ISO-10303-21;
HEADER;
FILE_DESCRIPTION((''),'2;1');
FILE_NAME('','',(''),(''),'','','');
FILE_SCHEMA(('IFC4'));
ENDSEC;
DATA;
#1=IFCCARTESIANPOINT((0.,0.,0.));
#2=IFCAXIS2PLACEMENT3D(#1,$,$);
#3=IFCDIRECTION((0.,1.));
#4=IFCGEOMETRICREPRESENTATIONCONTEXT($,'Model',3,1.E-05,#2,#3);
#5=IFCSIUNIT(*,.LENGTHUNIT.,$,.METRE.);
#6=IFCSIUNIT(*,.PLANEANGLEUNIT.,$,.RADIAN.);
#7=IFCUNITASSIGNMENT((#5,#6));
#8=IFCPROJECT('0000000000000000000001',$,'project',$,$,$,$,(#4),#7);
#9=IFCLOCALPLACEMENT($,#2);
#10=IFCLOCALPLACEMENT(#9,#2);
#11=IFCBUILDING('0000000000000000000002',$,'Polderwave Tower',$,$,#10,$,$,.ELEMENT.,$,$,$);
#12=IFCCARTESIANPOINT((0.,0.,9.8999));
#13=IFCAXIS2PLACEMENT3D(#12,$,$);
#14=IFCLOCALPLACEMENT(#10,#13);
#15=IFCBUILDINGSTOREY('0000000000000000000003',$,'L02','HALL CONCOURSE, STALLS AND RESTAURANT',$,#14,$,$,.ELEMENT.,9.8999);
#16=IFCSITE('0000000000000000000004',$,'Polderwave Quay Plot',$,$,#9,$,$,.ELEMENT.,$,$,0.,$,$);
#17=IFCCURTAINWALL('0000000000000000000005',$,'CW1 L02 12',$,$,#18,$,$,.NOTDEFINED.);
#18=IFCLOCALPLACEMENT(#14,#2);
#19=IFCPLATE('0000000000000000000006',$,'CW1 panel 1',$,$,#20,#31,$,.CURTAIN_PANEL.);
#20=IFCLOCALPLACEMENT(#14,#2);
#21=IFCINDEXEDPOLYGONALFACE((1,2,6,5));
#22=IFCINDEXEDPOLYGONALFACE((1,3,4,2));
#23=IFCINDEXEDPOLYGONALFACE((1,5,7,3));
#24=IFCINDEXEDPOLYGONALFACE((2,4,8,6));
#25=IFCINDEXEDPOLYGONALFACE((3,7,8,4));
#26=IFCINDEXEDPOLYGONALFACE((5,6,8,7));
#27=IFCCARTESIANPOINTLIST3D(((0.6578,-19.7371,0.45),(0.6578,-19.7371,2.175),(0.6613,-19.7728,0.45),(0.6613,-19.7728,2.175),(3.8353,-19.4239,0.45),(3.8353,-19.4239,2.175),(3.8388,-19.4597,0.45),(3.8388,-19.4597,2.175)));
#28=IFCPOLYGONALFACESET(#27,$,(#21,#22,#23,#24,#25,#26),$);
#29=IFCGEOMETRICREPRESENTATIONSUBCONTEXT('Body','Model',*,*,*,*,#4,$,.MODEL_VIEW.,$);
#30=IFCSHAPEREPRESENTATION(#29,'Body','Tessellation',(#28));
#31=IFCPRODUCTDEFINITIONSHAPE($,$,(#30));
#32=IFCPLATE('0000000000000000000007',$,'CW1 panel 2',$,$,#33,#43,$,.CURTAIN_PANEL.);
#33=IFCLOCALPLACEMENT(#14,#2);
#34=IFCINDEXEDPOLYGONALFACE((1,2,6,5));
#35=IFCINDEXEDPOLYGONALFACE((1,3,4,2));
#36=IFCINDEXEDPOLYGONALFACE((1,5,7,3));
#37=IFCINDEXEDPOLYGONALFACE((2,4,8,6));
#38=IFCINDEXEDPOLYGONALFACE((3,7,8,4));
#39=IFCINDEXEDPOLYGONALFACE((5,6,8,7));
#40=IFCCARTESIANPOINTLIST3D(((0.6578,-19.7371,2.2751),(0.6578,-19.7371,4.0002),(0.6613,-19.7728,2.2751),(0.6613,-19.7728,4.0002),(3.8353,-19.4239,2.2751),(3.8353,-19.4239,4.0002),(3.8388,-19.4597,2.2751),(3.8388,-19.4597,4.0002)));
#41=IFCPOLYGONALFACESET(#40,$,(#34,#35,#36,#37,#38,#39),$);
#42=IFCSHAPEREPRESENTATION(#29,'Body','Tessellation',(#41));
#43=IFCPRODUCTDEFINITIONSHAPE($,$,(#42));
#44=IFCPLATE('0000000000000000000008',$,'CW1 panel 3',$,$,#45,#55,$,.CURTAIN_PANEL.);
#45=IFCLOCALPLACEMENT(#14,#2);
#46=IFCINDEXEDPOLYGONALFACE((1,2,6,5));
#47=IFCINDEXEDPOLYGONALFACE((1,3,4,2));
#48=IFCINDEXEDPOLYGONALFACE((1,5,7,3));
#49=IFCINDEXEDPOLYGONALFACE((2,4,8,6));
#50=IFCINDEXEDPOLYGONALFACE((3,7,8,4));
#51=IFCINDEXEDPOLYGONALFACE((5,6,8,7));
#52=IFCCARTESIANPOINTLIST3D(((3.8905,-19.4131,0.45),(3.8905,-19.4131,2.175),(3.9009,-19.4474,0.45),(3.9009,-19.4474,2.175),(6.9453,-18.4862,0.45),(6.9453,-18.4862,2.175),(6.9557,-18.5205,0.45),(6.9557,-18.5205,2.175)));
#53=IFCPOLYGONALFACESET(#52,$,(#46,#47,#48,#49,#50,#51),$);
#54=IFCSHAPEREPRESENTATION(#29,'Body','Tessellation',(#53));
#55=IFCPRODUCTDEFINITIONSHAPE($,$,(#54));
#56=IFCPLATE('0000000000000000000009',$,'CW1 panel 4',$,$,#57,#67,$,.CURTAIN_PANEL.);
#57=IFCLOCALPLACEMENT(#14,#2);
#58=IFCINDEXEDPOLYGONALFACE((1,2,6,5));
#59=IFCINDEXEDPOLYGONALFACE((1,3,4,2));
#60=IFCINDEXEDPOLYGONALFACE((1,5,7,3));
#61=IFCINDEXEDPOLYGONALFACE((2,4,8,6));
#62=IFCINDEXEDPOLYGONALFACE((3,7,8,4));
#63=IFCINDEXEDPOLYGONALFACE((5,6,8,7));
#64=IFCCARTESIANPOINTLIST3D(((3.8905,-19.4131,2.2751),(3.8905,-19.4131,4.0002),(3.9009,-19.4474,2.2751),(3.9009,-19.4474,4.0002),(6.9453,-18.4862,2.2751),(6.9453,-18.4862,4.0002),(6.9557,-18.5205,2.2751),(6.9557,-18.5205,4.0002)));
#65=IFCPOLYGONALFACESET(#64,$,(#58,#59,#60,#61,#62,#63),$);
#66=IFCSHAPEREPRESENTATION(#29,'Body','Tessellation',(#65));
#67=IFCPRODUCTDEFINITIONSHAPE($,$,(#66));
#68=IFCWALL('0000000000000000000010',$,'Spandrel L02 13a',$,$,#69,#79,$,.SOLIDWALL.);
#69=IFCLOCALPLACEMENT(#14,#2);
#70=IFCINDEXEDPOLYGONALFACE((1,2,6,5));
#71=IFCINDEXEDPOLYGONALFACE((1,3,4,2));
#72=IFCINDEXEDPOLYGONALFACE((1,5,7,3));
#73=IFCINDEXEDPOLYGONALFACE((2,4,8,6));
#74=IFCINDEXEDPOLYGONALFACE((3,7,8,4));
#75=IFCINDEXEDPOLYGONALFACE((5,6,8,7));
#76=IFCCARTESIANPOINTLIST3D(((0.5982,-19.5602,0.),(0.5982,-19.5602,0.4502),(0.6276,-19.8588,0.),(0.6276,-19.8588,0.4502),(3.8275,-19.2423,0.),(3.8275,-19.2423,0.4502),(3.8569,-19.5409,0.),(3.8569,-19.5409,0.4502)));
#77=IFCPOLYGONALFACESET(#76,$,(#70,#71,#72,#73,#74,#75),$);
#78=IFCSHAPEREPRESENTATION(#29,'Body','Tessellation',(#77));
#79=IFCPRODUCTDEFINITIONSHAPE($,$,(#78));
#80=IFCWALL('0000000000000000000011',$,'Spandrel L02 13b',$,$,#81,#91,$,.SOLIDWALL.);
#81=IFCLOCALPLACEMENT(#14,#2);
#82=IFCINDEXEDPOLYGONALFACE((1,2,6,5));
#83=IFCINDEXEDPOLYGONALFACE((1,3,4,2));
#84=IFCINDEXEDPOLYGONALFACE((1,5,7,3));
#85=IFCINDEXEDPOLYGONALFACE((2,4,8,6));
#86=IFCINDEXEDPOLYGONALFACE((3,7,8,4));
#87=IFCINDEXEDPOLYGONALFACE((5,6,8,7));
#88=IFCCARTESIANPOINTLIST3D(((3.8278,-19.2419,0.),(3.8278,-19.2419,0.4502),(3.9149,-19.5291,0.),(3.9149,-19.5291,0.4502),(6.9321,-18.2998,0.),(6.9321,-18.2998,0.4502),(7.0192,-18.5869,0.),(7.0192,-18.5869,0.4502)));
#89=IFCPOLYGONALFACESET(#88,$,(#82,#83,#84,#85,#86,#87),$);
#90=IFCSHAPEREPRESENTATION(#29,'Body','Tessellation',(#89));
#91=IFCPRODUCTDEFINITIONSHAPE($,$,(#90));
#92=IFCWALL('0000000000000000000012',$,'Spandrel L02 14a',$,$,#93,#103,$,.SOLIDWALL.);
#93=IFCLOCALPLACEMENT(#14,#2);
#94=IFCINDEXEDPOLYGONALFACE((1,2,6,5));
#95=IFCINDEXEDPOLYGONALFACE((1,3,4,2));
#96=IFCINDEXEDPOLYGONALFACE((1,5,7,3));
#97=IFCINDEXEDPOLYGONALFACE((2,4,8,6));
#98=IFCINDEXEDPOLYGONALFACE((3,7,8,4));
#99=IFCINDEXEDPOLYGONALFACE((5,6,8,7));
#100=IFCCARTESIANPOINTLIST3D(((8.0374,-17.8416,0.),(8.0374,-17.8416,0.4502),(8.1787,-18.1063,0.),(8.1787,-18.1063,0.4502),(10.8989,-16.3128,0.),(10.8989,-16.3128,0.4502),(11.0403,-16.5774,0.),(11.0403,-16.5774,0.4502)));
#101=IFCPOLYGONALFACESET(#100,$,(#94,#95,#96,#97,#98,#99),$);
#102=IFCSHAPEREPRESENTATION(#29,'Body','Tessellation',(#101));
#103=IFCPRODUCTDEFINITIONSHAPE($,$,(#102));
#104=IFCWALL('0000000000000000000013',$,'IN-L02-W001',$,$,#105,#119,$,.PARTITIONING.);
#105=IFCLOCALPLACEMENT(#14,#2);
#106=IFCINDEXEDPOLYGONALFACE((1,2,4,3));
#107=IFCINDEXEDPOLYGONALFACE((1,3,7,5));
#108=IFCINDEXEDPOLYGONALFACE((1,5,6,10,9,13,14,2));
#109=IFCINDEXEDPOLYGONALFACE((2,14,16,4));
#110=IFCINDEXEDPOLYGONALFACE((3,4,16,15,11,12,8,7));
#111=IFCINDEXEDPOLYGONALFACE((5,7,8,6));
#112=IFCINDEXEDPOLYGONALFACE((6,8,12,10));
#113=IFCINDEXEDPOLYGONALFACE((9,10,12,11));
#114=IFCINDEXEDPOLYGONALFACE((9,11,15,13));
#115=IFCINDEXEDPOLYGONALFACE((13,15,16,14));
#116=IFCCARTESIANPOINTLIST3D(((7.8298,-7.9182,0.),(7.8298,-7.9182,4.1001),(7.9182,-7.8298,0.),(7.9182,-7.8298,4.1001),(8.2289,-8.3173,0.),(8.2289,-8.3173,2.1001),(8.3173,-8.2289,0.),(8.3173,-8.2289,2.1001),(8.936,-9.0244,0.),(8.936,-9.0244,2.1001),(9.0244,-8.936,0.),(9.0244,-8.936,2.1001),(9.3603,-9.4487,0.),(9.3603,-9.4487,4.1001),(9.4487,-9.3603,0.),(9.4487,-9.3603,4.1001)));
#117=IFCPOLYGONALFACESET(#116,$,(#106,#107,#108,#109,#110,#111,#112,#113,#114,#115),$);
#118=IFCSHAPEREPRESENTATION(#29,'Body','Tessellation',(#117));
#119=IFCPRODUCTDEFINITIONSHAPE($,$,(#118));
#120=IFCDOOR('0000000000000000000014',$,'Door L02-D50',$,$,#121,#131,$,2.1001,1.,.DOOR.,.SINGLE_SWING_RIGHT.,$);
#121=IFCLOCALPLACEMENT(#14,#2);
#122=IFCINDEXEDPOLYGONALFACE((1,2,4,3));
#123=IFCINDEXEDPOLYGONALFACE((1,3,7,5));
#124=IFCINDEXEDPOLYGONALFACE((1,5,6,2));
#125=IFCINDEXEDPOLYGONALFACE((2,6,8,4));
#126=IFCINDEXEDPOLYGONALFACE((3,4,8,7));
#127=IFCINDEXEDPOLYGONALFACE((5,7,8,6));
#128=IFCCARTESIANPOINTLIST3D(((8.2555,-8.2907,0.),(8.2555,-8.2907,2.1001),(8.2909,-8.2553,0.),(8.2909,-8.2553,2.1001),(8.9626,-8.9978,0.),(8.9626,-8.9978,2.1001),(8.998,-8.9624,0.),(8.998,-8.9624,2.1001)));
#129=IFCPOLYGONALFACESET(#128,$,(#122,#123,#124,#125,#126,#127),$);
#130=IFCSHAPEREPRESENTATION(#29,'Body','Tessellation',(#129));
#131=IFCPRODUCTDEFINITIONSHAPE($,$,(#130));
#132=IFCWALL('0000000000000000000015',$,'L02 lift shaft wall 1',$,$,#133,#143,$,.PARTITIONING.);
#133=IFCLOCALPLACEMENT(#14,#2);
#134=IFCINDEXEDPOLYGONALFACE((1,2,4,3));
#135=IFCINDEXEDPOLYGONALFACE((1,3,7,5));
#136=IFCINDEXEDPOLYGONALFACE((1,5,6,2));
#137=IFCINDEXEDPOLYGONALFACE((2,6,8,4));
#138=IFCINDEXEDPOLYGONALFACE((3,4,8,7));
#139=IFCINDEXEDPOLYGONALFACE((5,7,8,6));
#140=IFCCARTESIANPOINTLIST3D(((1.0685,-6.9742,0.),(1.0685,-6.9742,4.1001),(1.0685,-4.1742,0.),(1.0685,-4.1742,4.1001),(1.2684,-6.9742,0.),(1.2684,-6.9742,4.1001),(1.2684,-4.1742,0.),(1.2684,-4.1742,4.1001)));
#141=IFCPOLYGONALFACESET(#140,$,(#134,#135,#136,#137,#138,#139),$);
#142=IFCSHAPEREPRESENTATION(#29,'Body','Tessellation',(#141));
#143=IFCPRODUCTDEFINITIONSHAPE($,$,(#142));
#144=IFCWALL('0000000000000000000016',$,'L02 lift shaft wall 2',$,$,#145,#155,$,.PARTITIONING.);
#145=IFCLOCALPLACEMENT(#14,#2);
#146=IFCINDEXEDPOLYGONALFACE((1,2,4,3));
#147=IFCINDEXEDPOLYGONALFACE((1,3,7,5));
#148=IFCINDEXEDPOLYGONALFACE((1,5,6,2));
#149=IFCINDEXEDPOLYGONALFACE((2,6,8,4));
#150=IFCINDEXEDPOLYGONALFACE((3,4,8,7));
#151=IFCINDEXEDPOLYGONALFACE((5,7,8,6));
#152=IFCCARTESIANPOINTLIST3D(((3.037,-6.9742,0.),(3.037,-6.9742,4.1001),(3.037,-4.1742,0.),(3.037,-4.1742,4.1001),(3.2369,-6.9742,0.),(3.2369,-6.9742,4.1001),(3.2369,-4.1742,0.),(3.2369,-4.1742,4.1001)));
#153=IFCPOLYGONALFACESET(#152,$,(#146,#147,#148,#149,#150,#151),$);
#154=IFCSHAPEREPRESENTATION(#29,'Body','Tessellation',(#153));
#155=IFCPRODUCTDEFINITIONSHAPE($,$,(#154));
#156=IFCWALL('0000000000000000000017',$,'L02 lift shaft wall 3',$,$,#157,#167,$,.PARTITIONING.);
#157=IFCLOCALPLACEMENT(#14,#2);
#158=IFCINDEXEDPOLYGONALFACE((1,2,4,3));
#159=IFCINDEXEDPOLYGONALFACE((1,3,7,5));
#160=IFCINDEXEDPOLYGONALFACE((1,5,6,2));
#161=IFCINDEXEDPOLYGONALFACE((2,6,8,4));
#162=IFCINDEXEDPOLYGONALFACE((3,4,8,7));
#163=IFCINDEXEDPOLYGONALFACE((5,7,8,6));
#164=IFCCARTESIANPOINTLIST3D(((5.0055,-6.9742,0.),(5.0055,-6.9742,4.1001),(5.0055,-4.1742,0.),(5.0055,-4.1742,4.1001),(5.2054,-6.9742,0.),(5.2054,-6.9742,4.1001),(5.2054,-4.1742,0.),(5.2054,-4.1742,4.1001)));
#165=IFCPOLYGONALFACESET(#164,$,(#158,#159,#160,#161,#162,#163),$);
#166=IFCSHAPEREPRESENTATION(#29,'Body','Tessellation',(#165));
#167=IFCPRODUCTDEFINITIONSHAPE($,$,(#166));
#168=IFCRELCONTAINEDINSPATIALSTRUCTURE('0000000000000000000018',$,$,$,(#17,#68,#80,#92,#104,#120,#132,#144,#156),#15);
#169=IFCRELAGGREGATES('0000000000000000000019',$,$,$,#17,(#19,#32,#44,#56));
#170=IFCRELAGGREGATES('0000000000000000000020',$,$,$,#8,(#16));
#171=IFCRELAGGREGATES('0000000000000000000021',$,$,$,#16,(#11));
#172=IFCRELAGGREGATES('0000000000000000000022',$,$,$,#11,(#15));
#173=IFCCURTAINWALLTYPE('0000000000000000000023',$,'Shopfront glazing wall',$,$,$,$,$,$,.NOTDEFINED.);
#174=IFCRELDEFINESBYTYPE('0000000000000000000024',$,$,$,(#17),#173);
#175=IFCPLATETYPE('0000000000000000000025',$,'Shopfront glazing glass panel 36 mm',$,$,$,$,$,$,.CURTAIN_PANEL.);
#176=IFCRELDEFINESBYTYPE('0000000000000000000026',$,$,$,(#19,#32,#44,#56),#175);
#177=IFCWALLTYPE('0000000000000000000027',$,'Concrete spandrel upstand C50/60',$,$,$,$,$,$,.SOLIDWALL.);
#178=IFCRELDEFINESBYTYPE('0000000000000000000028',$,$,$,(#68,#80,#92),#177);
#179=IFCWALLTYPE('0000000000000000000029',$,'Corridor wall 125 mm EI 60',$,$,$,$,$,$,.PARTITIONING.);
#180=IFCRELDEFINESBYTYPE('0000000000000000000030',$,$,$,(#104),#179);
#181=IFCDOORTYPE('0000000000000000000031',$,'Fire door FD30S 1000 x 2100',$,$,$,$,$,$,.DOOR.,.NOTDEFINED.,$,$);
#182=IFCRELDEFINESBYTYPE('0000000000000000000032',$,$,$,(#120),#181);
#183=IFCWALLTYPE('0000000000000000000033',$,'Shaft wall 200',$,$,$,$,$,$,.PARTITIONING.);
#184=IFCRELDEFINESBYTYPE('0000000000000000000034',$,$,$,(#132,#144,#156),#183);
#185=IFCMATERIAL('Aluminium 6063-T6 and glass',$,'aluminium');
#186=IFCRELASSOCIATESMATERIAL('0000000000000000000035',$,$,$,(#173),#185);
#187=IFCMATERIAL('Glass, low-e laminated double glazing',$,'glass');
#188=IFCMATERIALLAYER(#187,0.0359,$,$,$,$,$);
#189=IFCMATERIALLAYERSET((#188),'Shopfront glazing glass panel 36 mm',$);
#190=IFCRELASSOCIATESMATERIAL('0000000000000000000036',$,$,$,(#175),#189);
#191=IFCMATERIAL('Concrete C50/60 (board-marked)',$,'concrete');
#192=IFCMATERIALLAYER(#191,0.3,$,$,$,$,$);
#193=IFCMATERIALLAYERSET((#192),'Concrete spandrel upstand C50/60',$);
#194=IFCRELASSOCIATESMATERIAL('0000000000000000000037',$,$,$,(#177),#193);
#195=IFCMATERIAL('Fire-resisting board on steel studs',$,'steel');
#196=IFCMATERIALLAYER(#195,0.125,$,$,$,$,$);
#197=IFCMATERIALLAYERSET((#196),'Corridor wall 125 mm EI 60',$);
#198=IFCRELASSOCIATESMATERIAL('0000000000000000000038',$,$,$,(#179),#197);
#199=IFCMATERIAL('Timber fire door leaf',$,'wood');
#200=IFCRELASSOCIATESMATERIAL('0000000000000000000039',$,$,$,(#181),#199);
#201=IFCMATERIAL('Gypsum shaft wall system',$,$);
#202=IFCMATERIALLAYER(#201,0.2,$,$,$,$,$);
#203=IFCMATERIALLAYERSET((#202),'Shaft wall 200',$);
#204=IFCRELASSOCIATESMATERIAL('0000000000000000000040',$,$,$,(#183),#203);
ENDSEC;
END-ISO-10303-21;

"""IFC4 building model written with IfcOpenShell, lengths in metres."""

from ifc_helpers import new_model, si_unit, direction, frame, frame_2d, origin, origin_2d, place, context, subcontext, project, spatial, rectangle, extrude, material, layer, layer_set, type_object, element, fill, aggregate, save


model = new_model("IFC4")

# Units and contexts
model_context = context("Model", 3, precision=1e-05, world=origin(), true_north=direction((0.0, 1.0)))
body_context = subcontext(model_context, "Body", "Model", "MODEL_VIEW")
ifc_project = project(units=[si_unit("LENGTHUNIT", "METRE"), si_unit("PLANEANGLEUNIT", "RADIAN")], contexts=[model_context])

# Site, building, storey
site_placement = place(None, origin())
site = spatial("IfcSite", under=ifc_project, at=site_placement, Name="Polderwave Quay Plot", CompositionType="ELEMENT", RefElevation=0.0)
building_placement = place(site_placement, origin())
building = spatial("IfcBuilding", under=site, at=building_placement, Name="Polderwave Tower", CompositionType="ELEMENT")
storey_placement = place(building_placement, frame((0.0, 0.0, 9.8999)))
storey = spatial("IfcBuildingStorey", under=building, at=storey_placement, Name="L02", Description="HALL CONCOURSE, STALLS AND RESTAURANT", CompositionType="ELEMENT", Elevation=9.8999)

# Curtain wall
ifc_material_1 = material(Name="Aluminium 6063-T6 and glass", Category="aluminium")
curtain_wall_type = type_object("IfcCurtainWallType", Name="Shopfront glazing wall", PredefinedType="NOTDEFINED", material=ifc_material_1)
curtain_wall_1_placement = place(storey_placement, origin())
curtain_wall_1 = element("IfcCurtainWall", 1, at=curtain_wall_1_placement, inside=storey, type_object=curtain_wall_type, Name="CW1 L02 12", PredefinedType="NOTDEFINED")

# Plates
ifc_material_2 = material(Name="Glass, low-e laminated double glazing", Category="glass")
ifc_layer_1 = layer(ifc_material_2, 0.0359)
ifc_layer_set_1 = layer_set([ifc_layer_1], Name="Shopfront glazing glass panel 36 mm")
plate_type = type_object("IfcPlateType", Name="Shopfront glazing glass panel 36 mm", PredefinedType="CURTAIN_PANEL", material=ifc_layer_set_1)
plate_1_placement = place(storey_placement, frame((2.2483, -19.5984, 0.45), z_axis=(0.0, 0.0, 1.0), x_axis=(0.995178, 0.098087, 0.0)))
plate_1 = element("IfcPlate", 2, at=plate_1_placement, type_object=plate_type, Name="CW1 panel 1", PredefinedType="CURTAIN_PANEL", context=body_context, shape_type="SweptSolid", body=[
    extrude(rectangle(XDim=3.1929, YDim=0.0359, at=origin_2d()), origin(), (0.0, 0.0, 1.0), 1.7251),
])
plate_2_placement = place(storey_placement, frame((2.2483, -19.5984, 2.2751), z_axis=(0.0, 0.0, 1.0), x_axis=(0.995178, 0.098087, 0.0)))
plate_2 = element("IfcPlate", 3, at=plate_2_placement, type_object=plate_type, Name="CW1 panel 2", PredefinedType="CURTAIN_PANEL", context=body_context, shape_type="SweptSolid", body=[
    extrude(rectangle(XDim=3.1929, YDim=0.0359, at=origin_2d()), origin(), (0.0, 0.0, 1.0), 1.7251),
])
plate_3_placement = place(storey_placement, frame((5.4231, -18.9668, 0.45), z_axis=(0.0, 0.0, 1.0), x_axis=(0.956925, 0.290336, 0.0)))
plate_3 = element("IfcPlate", 4, at=plate_3_placement, type_object=plate_type, Name="CW1 panel 3", PredefinedType="CURTAIN_PANEL", context=body_context, shape_type="SweptSolid", body=[
    extrude(rectangle(XDim=3.1924, YDim=0.0359, at=origin_2d()), origin(), (0.0, 0.0, 1.0), 1.7251),
])
plate_4_placement = place(storey_placement, frame((5.4231, -18.9668, 2.2751), z_axis=(0.0, 0.0, 1.0), x_axis=(0.956925, 0.290336, 0.0)))
plate_4 = element("IfcPlate", 5, at=plate_4_placement, type_object=plate_type, Name="CW1 panel 4", PredefinedType="CURTAIN_PANEL", context=body_context, shape_type="SweptSolid", body=[
    extrude(rectangle(XDim=3.1924, YDim=0.0359, at=origin_2d()), origin(), (0.0, 0.0, 1.0), 1.7251),
])
aggregate(curtain_wall_1, [plate_1, plate_2, plate_3, plate_4])

# Walls
ifc_material_3 = material(Name="Concrete C50/60 (board-marked)", Category="concrete")
ifc_layer_2 = layer(ifc_material_3, 0.3)
ifc_layer_set_2 = layer_set([ifc_layer_2], Name="Concrete spandrel upstand C50/60")
wall_type_1 = type_object("IfcWallType", Name="Concrete spandrel upstand C50/60", PredefinedType="SOLIDWALL", material=ifc_layer_set_2)
wall_1_placement = place(storey_placement, frame((0.6128, -19.7095, 0.0), z_axis=(0.0, 0.0, 1.0), x_axis=(0.99519, 0.097962, 0.0)))
element("IfcWall", 6, at=wall_1_placement, inside=storey, type_object=wall_type_1, Name="Spandrel L02 13a", PredefinedType="SOLIDWALL", context=body_context, shape_type="SweptSolid", body=[
    extrude(rectangle(XDim=3.2449, YDim=0.3, at=frame_2d((1.6226, 0.0))), origin(), (0.0, 0.0, 1.0), 0.4502),
])
wall_2_placement = place(storey_placement, frame((3.8713, -19.3855, 0.0), z_axis=(0.0, 0.0, 1.0), x_axis=(0.9569, 0.290419, 0.0)))
element("IfcWall", 7, at=wall_2_placement, inside=storey, type_object=wall_type_1, Name="Spandrel L02 13b", PredefinedType="SOLIDWALL", context=body_context, shape_type="SweptSolid", body=[
    extrude(rectangle(XDim=3.2441, YDim=0.3, at=frame_2d((1.6221, 0.0))), origin(), (0.0, 0.0, 1.0), 0.4502),
])
wall_3_placement = place(storey_placement, frame((8.1082, -17.9739, 0.0), z_axis=(0.0, 0.0, 1.0), x_axis=(0.882015, 0.471221, 0.0)))
element("IfcWall", 8, at=wall_3_placement, inside=storey, type_object=wall_type_1, Name="Spandrel L02 14a", PredefinedType="SOLIDWALL", context=body_context, shape_type="SweptSolid", body=[
    extrude(rectangle(XDim=3.2444, YDim=0.3, at=frame_2d((1.6221, 0.0))), origin(), (0.0, 0.0, 1.0), 0.4502),
])

# Wall, opening, door
ifc_material_4 = material(Name="Fire-resisting board on steel studs", Category="steel")
ifc_layer_3 = layer(ifc_material_4, 0.125)
ifc_layer_set_3 = layer_set([ifc_layer_3], Name="Corridor wall 125 mm EI 60")
wall_type_2 = type_object("IfcWallType", Name="Corridor wall 125 mm EI 60", PredefinedType="PARTITIONING", material=ifc_layer_set_3)
wall_4_placement = place(storey_placement, frame((9.4045, -9.4045, 0.0), z_axis=(0.0, 0.0, 1.0), x_axis=(-0.707107, 0.707107, 0.0)))
wall_4 = element("IfcWall", 9, at=wall_4_placement, inside=storey, type_object=wall_type_2, Name="IN-L02-W001", PredefinedType="PARTITIONING", context=body_context, shape_type="SweptSolid", body=[
    extrude(rectangle(XDim=2.1646, YDim=0.125, at=frame_2d((1.0823, 0.0))), origin(), (0.0, 0.0, 1.0), 4.1001),
])
opening_placement = place(wall_4_placement, frame((0.6001, 0.0, 0.0)))
opening = element("IfcOpeningElement", 10, at=opening_placement, cuts=wall_4, PredefinedType="OPENING", context=body_context, shape_type="SweptSolid", body=[
    extrude(rectangle(XDim=1.0, YDim=2.1001, at=frame_2d((0.5, 1.05))), frame((0.0, 0.0725, 0.0), z_axis=(0.0, -1.0, 0.0), x_axis=(1.0, 0.0, 0.0)), (0.0, 0.0, 1.0), 0.145),
])
ifc_material_5 = material(Name="Timber fire door leaf", Category="wood")
door_type = type_object("IfcDoorType", Name="Fire door FD30S 1000 x 2100", OperationType="NOTDEFINED", PredefinedType="DOOR", material=ifc_material_5)
door_placement = place(opening_placement, origin())
door = element("IfcDoor", 11, at=door_placement, inside=storey, type_object=door_type, Name="Door L02-D50", OperationType="SINGLE_SWING_RIGHT", OverallHeight=2.1001, OverallWidth=1.0, PredefinedType="DOOR", context=body_context, shape_type="SweptSolid", body=[
    extrude(rectangle(XDim=1.0, YDim=2.1001, at=frame_2d((0.5, 1.05))), frame((0.0, 0.0249, 0.0), z_axis=(0.0, -1.0, 0.0), x_axis=(1.0, 0.0, 0.0)), (0.0, 0.0, 1.0), 0.05),
])
fill(opening, door)

# Walls
ifc_material_6 = material(Name="Gypsum shaft wall system")
ifc_layer_4 = layer(ifc_material_6, 0.2)
ifc_layer_set_4 = layer_set([ifc_layer_4], Name="Shaft wall 200")
wall_type_3 = type_object("IfcWallType", Name="Shaft wall 200", PredefinedType="PARTITIONING", material=ifc_layer_set_4)
for number, where, z_axis, x_axis, name in (
    (12, (1.1685, -6.9741, 0.0), (0.0, 0.0, 1.0), (0.0, 1.0, 0.0), "L02 lift shaft wall 1"),
    (13, (3.137, -6.9741, 0.0), (0.0, 0.0, 1.0), (0.0, 1.0, 0.0), "L02 lift shaft wall 2"),
    (14, (5.1055, -6.9741, 0.0), (0.0, 0.0, 1.0), (0.0, 1.0, 0.0), "L02 lift shaft wall 3"),
):
    element("IfcWall", number, at=place(storey_placement, frame(where, z_axis=z_axis, x_axis=x_axis)), inside=storey, type_object=wall_type_3, Name=name, PredefinedType="PARTITIONING", context=body_context, shape_type="SweptSolid", body=[
        extrude(rectangle(XDim=2.8, YDim=0.2, at=frame_2d((1.3999, 0.0))), origin(), (0.0, 0.0, 1.0), 4.1001),
    ])

save(model, "model.ifc")
